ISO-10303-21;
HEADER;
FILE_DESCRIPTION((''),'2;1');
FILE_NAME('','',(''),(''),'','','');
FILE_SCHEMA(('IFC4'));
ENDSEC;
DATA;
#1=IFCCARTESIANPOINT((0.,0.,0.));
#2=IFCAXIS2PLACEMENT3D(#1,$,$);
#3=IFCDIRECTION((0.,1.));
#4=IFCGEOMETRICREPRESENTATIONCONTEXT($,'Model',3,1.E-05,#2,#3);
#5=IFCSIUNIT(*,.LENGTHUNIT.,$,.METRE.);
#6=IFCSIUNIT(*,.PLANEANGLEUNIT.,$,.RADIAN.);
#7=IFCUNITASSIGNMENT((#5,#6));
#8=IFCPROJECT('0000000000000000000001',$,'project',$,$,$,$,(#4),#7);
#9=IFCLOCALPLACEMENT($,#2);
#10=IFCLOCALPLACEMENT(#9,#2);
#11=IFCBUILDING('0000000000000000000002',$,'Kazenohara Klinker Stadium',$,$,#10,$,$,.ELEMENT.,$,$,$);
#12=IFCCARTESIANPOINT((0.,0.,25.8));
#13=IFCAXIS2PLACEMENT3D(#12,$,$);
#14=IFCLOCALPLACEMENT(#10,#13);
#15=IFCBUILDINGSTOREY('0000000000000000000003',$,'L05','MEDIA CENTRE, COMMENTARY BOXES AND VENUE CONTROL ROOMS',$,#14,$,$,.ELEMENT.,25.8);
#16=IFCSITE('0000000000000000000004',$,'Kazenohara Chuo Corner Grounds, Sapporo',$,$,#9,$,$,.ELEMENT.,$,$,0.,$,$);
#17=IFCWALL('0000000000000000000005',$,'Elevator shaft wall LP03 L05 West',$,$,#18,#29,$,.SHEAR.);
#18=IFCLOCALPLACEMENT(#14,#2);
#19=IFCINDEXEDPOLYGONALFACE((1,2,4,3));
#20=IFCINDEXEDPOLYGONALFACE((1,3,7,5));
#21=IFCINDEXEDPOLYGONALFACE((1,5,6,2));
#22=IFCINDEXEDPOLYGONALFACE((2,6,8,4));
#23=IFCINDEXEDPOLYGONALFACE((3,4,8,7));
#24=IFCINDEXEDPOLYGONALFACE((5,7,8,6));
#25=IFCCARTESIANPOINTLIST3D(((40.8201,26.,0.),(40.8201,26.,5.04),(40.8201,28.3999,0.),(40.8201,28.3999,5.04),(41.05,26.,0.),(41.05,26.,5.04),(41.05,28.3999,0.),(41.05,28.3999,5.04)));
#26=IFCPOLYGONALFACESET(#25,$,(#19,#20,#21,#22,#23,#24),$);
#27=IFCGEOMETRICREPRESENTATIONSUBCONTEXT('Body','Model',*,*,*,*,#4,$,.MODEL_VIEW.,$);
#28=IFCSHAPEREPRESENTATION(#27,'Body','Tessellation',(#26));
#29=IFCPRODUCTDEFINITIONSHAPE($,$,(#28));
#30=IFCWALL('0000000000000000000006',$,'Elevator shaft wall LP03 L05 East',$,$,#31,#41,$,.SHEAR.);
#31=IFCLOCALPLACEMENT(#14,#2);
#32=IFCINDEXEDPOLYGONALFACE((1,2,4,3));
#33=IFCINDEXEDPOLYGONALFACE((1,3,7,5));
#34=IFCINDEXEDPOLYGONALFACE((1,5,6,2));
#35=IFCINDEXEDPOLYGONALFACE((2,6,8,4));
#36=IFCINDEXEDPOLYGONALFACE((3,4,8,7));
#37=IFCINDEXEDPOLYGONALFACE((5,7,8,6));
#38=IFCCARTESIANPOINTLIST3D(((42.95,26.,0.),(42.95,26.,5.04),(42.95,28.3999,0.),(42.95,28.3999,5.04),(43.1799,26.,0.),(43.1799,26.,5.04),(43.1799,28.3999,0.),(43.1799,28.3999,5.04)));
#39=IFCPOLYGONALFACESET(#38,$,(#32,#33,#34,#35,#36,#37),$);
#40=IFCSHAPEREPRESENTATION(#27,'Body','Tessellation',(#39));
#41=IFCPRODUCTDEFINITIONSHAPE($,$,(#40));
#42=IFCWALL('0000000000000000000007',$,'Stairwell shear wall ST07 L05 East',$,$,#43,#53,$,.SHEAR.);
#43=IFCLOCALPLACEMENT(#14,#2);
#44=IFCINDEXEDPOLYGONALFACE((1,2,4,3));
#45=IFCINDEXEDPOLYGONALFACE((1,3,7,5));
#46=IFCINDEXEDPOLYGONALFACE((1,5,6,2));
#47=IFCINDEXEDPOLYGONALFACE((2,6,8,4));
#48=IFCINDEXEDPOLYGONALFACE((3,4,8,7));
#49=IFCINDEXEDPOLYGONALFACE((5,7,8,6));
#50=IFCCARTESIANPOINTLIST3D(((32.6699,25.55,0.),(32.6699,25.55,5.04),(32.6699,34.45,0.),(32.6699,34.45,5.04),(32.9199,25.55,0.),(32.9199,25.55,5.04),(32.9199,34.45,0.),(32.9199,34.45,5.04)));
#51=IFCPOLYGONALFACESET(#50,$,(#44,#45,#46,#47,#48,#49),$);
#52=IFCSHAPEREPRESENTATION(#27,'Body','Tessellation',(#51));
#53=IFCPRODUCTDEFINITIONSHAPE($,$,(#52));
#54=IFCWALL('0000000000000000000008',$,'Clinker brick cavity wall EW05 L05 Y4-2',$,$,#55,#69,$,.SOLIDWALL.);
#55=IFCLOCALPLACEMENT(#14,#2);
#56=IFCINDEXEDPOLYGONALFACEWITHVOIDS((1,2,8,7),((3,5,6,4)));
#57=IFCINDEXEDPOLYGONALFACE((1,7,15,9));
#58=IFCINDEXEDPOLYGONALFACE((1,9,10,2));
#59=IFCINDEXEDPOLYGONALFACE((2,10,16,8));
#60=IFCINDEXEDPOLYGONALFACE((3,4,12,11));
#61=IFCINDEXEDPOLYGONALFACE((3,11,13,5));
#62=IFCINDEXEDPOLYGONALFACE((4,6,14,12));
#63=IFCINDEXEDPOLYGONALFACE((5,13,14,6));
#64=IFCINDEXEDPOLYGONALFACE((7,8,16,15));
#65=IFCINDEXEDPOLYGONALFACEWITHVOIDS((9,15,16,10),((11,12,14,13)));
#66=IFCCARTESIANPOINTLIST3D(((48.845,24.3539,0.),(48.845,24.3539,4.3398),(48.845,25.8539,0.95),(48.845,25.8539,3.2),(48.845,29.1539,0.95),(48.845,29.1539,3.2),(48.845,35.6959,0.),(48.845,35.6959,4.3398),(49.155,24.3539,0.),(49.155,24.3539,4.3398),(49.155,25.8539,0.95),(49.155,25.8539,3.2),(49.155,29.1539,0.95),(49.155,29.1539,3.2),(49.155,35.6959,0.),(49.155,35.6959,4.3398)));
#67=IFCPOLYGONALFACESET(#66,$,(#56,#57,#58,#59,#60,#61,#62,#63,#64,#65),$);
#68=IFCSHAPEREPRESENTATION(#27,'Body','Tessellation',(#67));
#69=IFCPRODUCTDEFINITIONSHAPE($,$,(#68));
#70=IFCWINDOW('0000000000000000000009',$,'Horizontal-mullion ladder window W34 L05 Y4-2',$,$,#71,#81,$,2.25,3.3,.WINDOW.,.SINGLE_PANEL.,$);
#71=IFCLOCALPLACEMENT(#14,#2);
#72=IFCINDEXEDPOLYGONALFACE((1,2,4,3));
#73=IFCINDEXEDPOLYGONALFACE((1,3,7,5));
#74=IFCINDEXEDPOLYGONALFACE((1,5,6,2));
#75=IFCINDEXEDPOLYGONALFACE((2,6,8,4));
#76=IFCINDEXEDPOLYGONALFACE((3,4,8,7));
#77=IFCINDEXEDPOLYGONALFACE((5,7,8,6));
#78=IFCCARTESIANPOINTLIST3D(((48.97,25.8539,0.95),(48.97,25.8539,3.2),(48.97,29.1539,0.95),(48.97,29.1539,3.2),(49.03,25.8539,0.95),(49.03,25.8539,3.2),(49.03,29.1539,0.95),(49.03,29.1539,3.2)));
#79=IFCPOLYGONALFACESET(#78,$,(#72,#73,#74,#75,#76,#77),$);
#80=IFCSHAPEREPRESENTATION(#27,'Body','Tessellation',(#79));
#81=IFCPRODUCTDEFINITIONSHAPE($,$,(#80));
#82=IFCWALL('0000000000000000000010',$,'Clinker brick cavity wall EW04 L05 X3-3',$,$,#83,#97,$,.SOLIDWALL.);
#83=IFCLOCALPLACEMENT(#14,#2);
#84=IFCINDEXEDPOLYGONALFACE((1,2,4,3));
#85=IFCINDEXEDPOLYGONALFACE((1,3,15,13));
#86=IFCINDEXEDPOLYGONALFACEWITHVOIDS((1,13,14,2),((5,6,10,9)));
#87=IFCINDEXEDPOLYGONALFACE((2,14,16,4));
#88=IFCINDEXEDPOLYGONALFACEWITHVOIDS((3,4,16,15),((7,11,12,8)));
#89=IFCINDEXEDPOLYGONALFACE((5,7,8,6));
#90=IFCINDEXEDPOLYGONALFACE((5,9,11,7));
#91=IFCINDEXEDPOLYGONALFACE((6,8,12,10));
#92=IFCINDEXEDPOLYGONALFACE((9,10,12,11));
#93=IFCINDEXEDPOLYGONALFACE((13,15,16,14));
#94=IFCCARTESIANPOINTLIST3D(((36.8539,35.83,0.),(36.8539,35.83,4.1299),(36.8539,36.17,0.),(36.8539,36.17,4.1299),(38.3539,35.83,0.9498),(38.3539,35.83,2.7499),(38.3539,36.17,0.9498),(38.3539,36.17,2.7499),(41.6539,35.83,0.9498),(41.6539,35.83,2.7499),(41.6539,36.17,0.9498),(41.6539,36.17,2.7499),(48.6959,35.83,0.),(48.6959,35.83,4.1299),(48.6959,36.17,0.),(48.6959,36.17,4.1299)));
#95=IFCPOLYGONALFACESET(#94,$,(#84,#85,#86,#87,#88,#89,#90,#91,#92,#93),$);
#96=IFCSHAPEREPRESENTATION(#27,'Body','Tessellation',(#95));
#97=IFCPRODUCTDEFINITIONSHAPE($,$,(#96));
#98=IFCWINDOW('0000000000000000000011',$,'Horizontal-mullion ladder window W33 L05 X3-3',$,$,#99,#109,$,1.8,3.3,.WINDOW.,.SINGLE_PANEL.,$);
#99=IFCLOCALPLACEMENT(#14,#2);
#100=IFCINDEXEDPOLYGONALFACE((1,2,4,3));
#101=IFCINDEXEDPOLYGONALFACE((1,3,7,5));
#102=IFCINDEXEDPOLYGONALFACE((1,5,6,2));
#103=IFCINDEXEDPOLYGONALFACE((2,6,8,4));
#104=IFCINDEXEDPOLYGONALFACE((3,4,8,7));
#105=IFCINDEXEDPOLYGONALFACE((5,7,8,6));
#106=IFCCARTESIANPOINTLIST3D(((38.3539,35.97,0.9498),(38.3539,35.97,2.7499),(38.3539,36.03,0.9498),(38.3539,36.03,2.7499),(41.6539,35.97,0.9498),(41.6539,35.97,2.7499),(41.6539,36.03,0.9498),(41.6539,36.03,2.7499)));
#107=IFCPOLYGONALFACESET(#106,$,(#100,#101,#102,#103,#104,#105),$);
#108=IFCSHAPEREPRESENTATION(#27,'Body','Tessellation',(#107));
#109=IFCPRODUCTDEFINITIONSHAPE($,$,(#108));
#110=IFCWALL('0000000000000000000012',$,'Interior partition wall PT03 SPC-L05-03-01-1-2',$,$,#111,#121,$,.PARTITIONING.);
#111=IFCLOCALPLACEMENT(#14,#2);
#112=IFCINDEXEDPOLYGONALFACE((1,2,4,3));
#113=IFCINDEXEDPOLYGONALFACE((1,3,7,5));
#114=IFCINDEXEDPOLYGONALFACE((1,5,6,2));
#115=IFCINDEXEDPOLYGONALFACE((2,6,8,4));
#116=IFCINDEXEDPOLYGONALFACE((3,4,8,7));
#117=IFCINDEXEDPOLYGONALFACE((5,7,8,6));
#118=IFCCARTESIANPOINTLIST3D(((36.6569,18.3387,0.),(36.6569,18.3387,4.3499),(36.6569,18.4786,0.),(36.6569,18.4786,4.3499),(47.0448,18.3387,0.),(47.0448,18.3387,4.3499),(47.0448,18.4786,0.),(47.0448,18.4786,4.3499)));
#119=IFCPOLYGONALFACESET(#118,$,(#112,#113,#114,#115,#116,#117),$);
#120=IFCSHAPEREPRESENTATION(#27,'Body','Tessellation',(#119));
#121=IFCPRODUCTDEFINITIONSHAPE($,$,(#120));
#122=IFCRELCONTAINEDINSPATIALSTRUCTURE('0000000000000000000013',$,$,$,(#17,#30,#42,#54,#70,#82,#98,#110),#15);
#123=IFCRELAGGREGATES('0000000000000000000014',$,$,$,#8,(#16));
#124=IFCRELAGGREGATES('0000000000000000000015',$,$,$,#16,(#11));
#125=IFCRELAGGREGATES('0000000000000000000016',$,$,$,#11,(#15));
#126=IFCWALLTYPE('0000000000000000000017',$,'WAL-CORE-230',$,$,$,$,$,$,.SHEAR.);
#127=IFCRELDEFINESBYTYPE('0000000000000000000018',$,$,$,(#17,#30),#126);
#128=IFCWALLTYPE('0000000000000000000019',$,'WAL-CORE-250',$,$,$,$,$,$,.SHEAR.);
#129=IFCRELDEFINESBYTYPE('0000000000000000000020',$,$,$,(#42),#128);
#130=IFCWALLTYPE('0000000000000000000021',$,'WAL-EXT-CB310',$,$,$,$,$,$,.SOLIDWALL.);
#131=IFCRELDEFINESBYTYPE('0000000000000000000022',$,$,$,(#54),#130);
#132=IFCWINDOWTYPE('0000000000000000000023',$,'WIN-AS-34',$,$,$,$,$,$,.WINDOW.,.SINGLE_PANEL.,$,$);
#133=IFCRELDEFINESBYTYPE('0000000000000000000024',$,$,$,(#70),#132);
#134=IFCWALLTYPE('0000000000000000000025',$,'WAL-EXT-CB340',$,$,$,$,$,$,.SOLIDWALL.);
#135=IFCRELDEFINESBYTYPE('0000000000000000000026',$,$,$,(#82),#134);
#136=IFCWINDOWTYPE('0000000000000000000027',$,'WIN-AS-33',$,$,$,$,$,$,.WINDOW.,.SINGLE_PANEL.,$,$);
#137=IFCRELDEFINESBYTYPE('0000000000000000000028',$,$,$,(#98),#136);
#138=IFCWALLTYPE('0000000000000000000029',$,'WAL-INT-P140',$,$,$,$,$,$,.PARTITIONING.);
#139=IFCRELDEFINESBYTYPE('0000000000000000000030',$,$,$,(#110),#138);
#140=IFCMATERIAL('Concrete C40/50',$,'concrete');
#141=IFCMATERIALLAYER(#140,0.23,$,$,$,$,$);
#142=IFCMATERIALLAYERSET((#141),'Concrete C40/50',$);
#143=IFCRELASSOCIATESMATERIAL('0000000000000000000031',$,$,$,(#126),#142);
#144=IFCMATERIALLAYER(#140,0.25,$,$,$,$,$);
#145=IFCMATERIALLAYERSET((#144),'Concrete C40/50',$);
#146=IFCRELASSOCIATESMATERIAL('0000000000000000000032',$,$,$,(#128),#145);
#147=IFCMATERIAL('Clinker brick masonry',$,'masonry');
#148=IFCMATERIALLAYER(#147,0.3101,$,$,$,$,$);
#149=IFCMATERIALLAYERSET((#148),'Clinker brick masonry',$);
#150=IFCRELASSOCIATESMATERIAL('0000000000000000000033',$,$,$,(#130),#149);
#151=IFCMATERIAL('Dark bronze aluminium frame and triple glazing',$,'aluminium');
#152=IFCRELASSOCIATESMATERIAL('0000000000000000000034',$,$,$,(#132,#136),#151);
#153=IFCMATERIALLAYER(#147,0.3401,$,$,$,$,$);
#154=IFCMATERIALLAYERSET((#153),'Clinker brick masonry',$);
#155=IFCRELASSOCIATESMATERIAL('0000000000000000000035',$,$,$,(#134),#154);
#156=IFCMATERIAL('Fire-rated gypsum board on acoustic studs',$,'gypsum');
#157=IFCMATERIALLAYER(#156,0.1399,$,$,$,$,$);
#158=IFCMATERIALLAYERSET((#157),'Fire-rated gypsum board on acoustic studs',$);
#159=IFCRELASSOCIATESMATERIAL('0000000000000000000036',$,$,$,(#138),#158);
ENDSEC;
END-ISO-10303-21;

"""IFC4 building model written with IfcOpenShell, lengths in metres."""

from ifc_helpers import new_model, si_unit, direction, frame, frame_2d, origin, place, context, subcontext, project, spatial, rectangle, extrude, material, layer, layer_set, type_object, element, fill, save


model = new_model("IFC4")

# Units and contexts
model_context = context("Model", 3, precision=1e-05, world=origin(), true_north=direction((0.0, 1.0)))
body_context = subcontext(model_context, "Body", "Model", "MODEL_VIEW")
ifc_project = project(units=[si_unit("LENGTHUNIT", "METRE"), si_unit("PLANEANGLEUNIT", "RADIAN")], contexts=[model_context])

# Site, building, storey
site_placement = place(None, origin())
site = spatial("IfcSite", under=ifc_project, at=site_placement, Name="Kazenohara Chuo Corner Grounds, Sapporo", CompositionType="ELEMENT", RefElevation=0.0)
building_placement = place(site_placement, origin())
building = spatial("IfcBuilding", under=site, at=building_placement, Name="Kazenohara Klinker Stadium", CompositionType="ELEMENT")
storey_placement = place(building_placement, frame((0.0, 0.0, 25.8)))
storey = spatial("IfcBuildingStorey", under=building, at=storey_placement, Name="L05", Description="MEDIA CENTRE, COMMENTARY BOXES AND VENUE CONTROL ROOMS", CompositionType="ELEMENT", Elevation=25.8)

# Shared definitions
ifc_material_1 = material(Name="Concrete C40/50", Category="concrete")

# Shared definitions
ifc_layer_1 = layer(ifc_material_1, 0.23)
ifc_layer_set_1 = layer_set([ifc_layer_1], Name="Concrete C40/50")
wall_type_1 = type_object("IfcWallType", Name="WAL-CORE-230", PredefinedType="SHEAR", material=ifc_layer_set_1)

# Walls
for number, where, z_axis, x_axis, name in (
    (1, (40.9351, 26.0, 0.0), (0.0, 0.0, 1.0), (0.0, 1.0, 0.0), "Elevator shaft wall LP03 L05 West"),
    (2, (43.0649, 26.0, 0.0), (0.0, 0.0, 1.0), (0.0, 1.0, 0.0), "Elevator shaft wall LP03 L05 East"),
):
    element("IfcWall", number, at=place(storey_placement, frame(where, z_axis=z_axis, x_axis=x_axis)), inside=storey, type_object=wall_type_1, Name=name, PredefinedType="SHEAR", context=body_context, shape_type="SweptSolid", body=[
        extrude(rectangle(XDim=2.3999, YDim=0.23, at=frame_2d((1.2, 0.0))), origin(), (0.0, 0.0, 1.0), 5.04),
    ])
ifc_layer_2 = layer(ifc_material_1, 0.25)
ifc_layer_set_2 = layer_set([ifc_layer_2], Name="Concrete C40/50")
wall_type_2 = type_object("IfcWallType", Name="WAL-CORE-250", PredefinedType="SHEAR", material=ifc_layer_set_2)
wall_1_placement = place(storey_placement, frame((32.7949, 25.55, 0.0), z_axis=(0.0, 0.0, 1.0), x_axis=(0.0, 1.0, 0.0)))
element("IfcWall", 3, at=wall_1_placement, inside=storey, type_object=wall_type_2, Name="Stairwell shear wall ST07 L05 East", PredefinedType="SHEAR", context=body_context, shape_type="SweptSolid", body=[
    extrude(rectangle(XDim=8.8999, YDim=0.25, at=frame_2d((4.45, 0.0))), origin(), (0.0, 0.0, 1.0), 5.04),
])

# Walls, openings, windows
ifc_material_2 = material(Name="Clinker brick masonry", Category="masonry")
ifc_layer_3 = layer(ifc_material_2, 0.3101)
ifc_layer_set_3 = layer_set([ifc_layer_3], Name="Clinker brick masonry")
wall_type_3 = type_object("IfcWallType", Name="WAL-EXT-CB310", PredefinedType="SOLIDWALL", material=ifc_layer_set_3)
wall_2_placement = place(storey_placement, frame((49.0, 24.354, 0.0), z_axis=(0.0, 0.0, 1.0), x_axis=(0.0, 1.0, 0.0)))
wall_2 = element("IfcWall", 4, at=wall_2_placement, inside=storey, type_object=wall_type_3, Name="Clinker brick cavity wall EW05 L05 Y4-2", PredefinedType="SOLIDWALL", context=body_context, shape_type="SweptSolid", body=[
    extrude(rectangle(XDim=11.342, YDim=0.3101, at=frame_2d((5.6709, 0.0))), origin(), (0.0, 0.0, 1.0), 4.3398),
])
opening_1_placement = place(wall_2_placement, frame((1.5, 0.0, 0.95)))
opening_1 = element("IfcOpeningElement", 5, at=opening_1_placement, cuts=wall_2, PredefinedType="OPENING", context=body_context, shape_type="SweptSolid", body=[
    extrude(rectangle(XDim=3.3, YDim=2.25, at=frame_2d((1.6499, 1.125))), frame((0.0, 0.165, 0.0), z_axis=(0.0, -1.0, 0.0), x_axis=(1.0, 0.0, 0.0)), (0.0, 0.0, 1.0), 0.3301),
])
ifc_material_3 = material(Name="Dark bronze aluminium frame and triple glazing", Category="aluminium")
window_type_1 = type_object("IfcWindowType", Name="WIN-AS-34", PartitioningType="SINGLE_PANEL", PredefinedType="WINDOW", material=ifc_material_3)
window_1_placement = place(opening_1_placement, origin())
window_1 = element("IfcWindow", 6, at=window_1_placement, inside=storey, type_object=window_type_1, Name="Horizontal-mullion ladder window W34 L05 Y4-2", OverallHeight=2.25, OverallWidth=3.3, PartitioningType="SINGLE_PANEL", PredefinedType="WINDOW", context=body_context, shape_type="SweptSolid", body=[
    extrude(rectangle(XDim=3.3, YDim=2.25, at=frame_2d((1.6499, 1.125))), frame((0.0, 0.03, 0.0), z_axis=(0.0, -1.0, 0.0), x_axis=(1.0, 0.0, 0.0)), (0.0, 0.0, 1.0), 0.0601),
])
fill(opening_1, window_1)
ifc_layer_4 = layer(ifc_material_2, 0.3401)
ifc_layer_set_4 = layer_set([ifc_layer_4], Name="Clinker brick masonry")
wall_type_4 = type_object("IfcWallType", Name="WAL-EXT-CB340", PredefinedType="SOLIDWALL", material=ifc_layer_set_4)
wall_3_placement = place(storey_placement, frame((36.854, 36.0, 0.0), z_axis=(0.0, 0.0, 1.0), x_axis=(1.0, 0.0, 0.0)))
wall_3 = element("IfcWall", 7, at=wall_3_placement, inside=storey, type_object=wall_type_4, Name="Clinker brick cavity wall EW04 L05 X3-3", PredefinedType="SOLIDWALL", context=body_context, shape_type="SweptSolid", body=[
    extrude(rectangle(XDim=11.842, YDim=0.3401, at=frame_2d((5.9209, 0.0))), origin(), (0.0, 0.0, 1.0), 4.1299),
])
opening_2_placement = place(wall_3_placement, frame((1.5, 0.0, 0.95)))
opening_2 = element("IfcOpeningElement", 8, at=opening_2_placement, cuts=wall_3, PredefinedType="OPENING", context=body_context, shape_type="SweptSolid", body=[
    extrude(rectangle(XDim=3.3, YDim=1.8, at=frame_2d((1.6499, 0.8999))), frame((0.0, 0.1802, 0.0), z_axis=(0.0, -1.0, 0.0), x_axis=(1.0, 0.0, 0.0)), (0.0, 0.0, 1.0), 0.3601),
])
window_type_2 = type_object("IfcWindowType", Name="WIN-AS-33", PartitioningType="SINGLE_PANEL", PredefinedType="WINDOW", material=ifc_material_3)
window_2_placement = place(opening_2_placement, origin())
window_2 = element("IfcWindow", 9, at=window_2_placement, inside=storey, type_object=window_type_2, Name="Horizontal-mullion ladder window W33 L05 X3-3", OverallHeight=1.8, OverallWidth=3.3, PartitioningType="SINGLE_PANEL", PredefinedType="WINDOW", context=body_context, shape_type="SweptSolid", body=[
    extrude(rectangle(XDim=3.3, YDim=1.8, at=frame_2d((1.6499, 0.8999))), frame((0.0, 0.03, 0.0), z_axis=(0.0, -1.0, 0.0), x_axis=(1.0, 0.0, 0.0)), (0.0, 0.0, 1.0), 0.0601),
])
fill(opening_2, window_2)

# Wall
ifc_material_4 = material(Name="Fire-rated gypsum board on acoustic studs", Category="gypsum")
ifc_layer_5 = layer(ifc_material_4, 0.1399)
ifc_layer_set_5 = layer_set([ifc_layer_5], Name="Fire-rated gypsum board on acoustic studs")
wall_type_5 = type_object("IfcWallType", Name="WAL-INT-P140", PredefinedType="PARTITIONING", material=ifc_layer_set_5)
wall_4_placement = place(storey_placement, frame((36.657, 18.4087, 0.0), z_axis=(0.0, 0.0, 1.0), x_axis=(1.0, 0.0, 0.0)))
element("IfcWall", 10, at=wall_4_placement, inside=storey, type_object=wall_type_5, Name="Interior partition wall PT03 SPC-L05-03-01-1-2", PredefinedType="PARTITIONING", context=body_context, shape_type="SweptSolid", body=[
    extrude(rectangle(XDim=10.3879, YDim=0.1399, at=frame_2d((5.1938, 0.0))), origin(), (0.0, 0.0, 1.0), 4.3499),
])

save(model, "model.ifc")
